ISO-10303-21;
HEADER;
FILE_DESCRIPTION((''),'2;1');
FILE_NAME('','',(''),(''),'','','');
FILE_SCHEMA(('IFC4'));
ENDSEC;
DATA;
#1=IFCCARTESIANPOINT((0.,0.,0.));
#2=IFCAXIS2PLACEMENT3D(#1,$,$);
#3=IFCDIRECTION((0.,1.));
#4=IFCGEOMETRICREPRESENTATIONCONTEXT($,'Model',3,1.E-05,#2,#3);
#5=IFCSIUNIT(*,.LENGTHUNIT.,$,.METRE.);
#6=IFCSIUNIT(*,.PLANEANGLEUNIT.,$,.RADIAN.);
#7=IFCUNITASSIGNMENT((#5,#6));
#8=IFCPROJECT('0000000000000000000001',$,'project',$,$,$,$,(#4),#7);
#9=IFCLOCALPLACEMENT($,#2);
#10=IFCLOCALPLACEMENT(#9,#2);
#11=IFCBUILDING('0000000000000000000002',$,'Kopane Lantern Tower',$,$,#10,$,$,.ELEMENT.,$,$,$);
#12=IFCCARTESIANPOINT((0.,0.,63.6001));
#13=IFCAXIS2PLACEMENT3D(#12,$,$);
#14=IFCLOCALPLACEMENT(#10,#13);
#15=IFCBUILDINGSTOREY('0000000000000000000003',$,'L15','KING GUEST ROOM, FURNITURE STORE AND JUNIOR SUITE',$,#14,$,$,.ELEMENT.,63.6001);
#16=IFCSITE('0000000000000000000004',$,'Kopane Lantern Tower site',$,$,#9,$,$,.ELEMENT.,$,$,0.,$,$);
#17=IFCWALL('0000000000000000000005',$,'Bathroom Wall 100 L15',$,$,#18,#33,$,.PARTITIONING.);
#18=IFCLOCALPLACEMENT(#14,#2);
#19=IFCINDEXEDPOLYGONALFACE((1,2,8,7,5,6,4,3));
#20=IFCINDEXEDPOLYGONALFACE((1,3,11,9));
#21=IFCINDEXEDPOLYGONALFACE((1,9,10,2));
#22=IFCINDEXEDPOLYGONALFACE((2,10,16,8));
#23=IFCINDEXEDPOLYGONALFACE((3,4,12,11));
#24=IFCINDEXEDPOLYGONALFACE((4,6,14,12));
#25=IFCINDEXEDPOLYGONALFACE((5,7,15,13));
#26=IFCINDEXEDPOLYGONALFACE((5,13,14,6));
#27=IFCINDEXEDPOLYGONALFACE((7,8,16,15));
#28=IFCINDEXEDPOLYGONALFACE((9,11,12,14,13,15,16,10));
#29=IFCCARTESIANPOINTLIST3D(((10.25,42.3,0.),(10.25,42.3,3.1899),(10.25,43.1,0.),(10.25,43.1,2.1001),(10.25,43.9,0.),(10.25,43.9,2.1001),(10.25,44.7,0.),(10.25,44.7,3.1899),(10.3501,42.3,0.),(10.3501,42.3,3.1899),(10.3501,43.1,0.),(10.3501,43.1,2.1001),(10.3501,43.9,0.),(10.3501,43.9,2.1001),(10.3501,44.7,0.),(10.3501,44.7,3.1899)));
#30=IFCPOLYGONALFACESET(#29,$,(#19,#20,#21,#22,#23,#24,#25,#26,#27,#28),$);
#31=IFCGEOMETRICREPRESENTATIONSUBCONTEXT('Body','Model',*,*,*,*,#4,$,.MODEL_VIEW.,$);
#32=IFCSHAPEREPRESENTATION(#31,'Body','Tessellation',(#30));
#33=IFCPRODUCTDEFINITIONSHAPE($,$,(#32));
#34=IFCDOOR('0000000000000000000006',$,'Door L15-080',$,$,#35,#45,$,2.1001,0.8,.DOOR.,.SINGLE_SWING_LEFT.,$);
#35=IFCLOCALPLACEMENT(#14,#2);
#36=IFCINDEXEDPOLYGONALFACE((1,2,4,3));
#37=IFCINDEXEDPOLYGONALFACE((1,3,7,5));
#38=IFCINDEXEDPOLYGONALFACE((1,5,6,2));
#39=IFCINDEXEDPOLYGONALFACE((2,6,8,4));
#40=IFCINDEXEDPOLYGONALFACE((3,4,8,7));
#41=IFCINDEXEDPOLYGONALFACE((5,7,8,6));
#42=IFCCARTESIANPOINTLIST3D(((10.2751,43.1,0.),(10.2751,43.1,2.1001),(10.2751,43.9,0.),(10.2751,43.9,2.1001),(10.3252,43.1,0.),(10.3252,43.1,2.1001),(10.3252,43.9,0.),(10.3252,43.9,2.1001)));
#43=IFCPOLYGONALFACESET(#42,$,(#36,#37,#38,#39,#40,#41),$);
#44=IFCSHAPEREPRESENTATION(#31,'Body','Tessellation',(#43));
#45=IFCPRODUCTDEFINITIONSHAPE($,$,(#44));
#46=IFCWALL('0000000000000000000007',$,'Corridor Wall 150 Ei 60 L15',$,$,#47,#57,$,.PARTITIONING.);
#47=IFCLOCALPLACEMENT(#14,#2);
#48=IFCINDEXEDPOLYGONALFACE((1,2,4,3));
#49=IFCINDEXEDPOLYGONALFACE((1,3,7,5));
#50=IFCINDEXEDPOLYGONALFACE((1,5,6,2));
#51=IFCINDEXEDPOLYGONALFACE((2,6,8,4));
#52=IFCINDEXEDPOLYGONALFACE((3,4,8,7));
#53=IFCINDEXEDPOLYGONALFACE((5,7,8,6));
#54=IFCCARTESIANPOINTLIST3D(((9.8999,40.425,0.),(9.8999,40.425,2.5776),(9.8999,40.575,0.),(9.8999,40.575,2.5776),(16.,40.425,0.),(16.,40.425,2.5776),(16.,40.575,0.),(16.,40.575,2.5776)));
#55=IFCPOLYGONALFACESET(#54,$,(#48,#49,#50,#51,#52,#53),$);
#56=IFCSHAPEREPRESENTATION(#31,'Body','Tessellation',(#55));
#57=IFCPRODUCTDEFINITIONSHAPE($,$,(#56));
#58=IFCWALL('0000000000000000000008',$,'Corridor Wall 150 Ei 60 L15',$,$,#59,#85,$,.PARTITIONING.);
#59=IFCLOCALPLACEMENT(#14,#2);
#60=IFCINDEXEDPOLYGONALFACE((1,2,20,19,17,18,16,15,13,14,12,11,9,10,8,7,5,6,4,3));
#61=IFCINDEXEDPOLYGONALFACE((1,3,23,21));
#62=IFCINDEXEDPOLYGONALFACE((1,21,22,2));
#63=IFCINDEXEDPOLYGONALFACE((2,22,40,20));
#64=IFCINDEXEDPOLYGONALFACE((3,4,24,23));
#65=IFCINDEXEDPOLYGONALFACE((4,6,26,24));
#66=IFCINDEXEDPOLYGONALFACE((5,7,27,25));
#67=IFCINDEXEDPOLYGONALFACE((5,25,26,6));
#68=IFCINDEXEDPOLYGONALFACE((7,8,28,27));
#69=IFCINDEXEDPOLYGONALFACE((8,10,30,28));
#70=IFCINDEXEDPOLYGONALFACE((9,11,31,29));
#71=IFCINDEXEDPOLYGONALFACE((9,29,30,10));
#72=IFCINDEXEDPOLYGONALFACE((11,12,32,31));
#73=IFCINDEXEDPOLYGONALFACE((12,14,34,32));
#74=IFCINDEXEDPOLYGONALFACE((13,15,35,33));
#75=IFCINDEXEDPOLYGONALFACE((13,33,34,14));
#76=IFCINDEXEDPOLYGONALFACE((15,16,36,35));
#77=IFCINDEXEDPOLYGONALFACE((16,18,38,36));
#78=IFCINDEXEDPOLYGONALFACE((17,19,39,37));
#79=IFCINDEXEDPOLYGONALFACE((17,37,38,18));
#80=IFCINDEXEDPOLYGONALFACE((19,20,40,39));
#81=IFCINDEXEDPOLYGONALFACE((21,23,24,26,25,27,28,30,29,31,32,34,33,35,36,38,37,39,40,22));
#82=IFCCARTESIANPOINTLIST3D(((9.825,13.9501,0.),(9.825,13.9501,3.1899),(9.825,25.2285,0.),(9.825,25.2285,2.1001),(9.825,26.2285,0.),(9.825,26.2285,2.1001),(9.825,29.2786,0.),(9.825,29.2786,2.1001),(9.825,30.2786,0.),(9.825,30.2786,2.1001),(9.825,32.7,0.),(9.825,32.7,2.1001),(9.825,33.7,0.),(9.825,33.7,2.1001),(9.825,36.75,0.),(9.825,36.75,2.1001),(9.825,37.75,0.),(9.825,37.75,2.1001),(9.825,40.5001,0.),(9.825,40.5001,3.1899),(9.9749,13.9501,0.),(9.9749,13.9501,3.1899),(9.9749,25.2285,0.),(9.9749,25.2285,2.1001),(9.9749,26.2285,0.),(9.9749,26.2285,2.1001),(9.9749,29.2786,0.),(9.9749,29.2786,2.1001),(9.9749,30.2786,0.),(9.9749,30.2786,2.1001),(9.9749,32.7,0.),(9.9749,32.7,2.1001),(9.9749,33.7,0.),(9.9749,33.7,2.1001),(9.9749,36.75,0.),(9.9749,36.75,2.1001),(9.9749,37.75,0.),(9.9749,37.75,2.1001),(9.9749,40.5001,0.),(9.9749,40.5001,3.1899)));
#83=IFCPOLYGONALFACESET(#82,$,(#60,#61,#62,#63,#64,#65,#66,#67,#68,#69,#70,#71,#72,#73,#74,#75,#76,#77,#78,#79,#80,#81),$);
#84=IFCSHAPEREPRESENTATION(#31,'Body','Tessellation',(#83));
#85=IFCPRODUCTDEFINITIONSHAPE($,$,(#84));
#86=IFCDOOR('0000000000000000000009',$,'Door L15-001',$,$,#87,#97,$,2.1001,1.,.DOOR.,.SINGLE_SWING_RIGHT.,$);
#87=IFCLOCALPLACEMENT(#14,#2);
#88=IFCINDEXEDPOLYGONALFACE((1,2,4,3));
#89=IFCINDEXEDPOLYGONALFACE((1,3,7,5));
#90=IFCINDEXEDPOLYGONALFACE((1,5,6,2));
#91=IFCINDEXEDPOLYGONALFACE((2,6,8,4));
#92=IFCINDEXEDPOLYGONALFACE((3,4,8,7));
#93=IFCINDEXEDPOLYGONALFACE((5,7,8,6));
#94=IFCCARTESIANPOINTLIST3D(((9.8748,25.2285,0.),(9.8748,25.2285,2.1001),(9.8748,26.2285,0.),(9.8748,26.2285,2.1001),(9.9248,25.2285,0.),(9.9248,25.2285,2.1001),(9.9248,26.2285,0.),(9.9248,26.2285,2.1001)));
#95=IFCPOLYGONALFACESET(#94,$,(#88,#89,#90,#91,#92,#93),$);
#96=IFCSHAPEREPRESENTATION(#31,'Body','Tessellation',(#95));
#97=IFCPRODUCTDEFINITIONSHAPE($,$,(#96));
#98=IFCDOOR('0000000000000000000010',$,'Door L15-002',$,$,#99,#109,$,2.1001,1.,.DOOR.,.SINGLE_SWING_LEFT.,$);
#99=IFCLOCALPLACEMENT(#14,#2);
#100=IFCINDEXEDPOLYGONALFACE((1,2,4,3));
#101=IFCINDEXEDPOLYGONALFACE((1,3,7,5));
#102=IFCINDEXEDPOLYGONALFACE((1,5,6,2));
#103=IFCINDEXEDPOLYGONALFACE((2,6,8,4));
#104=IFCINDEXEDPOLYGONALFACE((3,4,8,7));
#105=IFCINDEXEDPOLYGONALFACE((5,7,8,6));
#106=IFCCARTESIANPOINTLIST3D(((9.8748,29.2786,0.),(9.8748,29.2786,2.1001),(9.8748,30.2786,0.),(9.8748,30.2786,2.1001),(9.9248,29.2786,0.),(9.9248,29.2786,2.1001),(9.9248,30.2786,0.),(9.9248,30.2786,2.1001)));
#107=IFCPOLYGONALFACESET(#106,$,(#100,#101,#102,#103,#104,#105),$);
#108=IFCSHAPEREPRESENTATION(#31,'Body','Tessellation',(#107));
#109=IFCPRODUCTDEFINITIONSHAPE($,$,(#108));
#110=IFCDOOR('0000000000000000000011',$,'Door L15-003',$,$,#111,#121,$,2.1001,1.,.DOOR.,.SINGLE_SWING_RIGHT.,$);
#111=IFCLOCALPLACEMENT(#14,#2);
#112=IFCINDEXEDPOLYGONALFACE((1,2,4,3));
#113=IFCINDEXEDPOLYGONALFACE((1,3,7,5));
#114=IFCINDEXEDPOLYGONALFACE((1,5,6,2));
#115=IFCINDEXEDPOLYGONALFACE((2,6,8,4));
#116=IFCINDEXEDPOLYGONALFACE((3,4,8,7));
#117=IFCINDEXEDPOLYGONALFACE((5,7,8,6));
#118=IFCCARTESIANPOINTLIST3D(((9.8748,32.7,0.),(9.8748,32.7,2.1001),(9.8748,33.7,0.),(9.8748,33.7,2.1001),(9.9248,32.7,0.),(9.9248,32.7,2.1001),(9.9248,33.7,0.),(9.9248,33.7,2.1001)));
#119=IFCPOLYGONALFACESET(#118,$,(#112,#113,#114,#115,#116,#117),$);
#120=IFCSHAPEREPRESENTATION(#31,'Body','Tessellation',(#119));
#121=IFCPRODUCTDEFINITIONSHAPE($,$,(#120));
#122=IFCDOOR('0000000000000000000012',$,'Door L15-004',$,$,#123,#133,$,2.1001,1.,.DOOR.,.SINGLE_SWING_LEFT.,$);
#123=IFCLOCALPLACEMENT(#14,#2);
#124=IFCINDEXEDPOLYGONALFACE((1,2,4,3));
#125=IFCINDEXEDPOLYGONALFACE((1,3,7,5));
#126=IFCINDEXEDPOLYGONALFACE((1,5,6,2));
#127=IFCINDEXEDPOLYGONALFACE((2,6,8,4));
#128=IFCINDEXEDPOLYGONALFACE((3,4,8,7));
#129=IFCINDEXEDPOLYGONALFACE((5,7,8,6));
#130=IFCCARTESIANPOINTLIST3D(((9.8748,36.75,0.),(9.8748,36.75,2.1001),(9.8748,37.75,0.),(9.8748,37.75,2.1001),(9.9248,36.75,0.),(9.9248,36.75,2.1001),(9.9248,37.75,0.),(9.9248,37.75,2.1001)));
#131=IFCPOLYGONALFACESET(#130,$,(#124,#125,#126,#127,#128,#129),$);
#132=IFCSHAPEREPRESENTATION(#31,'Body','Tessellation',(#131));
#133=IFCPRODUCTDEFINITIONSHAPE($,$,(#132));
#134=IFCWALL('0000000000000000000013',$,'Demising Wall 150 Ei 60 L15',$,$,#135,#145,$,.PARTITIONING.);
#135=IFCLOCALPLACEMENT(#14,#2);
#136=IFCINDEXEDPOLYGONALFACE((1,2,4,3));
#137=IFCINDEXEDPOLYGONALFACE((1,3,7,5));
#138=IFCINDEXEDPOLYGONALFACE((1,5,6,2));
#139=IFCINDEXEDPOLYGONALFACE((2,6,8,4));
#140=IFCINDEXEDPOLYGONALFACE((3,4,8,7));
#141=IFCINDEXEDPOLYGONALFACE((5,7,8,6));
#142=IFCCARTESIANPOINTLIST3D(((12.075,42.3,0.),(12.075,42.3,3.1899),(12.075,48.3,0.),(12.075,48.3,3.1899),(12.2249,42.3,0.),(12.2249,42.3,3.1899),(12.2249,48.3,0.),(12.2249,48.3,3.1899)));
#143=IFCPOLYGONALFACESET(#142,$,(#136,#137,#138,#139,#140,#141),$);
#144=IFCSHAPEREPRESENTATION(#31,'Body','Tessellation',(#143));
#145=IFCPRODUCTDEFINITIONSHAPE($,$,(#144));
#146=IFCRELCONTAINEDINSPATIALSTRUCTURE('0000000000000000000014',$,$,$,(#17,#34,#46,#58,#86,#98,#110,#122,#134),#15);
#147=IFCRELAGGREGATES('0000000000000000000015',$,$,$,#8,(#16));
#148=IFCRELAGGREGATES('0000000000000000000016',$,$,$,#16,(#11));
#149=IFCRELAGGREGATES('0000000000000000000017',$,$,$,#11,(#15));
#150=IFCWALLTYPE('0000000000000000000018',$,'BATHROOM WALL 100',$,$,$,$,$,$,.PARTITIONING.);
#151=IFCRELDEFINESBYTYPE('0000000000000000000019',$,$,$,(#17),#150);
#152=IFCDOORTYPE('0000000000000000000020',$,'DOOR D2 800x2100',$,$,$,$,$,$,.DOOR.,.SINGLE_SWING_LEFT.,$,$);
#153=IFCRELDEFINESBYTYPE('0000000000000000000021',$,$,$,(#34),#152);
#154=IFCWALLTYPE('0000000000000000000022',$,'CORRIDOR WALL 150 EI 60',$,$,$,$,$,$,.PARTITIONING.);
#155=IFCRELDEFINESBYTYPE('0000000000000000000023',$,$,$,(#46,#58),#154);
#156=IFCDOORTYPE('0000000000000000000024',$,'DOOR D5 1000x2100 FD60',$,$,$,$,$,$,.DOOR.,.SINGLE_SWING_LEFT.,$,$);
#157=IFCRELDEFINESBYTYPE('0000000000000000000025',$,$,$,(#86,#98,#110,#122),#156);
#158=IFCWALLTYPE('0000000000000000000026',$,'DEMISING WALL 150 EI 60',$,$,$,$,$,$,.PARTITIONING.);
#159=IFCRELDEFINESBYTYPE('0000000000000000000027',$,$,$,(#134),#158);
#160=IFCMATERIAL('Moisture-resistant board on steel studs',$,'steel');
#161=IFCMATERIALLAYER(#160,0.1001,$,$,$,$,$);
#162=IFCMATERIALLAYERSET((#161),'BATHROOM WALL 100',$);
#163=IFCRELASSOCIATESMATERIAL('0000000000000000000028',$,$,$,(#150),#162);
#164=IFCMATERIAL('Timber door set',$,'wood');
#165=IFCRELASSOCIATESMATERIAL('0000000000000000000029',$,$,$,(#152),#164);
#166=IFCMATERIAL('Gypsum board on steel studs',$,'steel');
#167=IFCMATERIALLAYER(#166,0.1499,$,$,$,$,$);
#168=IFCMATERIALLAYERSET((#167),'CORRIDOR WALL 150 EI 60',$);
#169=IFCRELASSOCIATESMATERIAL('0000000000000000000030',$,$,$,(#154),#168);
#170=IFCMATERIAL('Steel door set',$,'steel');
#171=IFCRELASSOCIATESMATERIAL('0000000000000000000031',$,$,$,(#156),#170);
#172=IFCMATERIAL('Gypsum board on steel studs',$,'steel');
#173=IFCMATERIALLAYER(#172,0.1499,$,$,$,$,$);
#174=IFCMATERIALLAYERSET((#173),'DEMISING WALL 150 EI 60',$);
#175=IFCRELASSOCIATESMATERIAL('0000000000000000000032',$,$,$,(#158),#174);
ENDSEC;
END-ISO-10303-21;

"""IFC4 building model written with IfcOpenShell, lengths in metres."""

from ifc_helpers import new_model, si_unit, direction, frame, frame_2d, origin, place, context, subcontext, project, spatial, rectangle, extrude, material, layer, layer_set, type_object, element, fill, save


model = new_model("IFC4")

# Units and contexts
model_context = context("Model", 3, precision=1e-05, world=origin(), true_north=direction((0.0, 1.0)))
body_context = subcontext(model_context, "Body", "Model", "MODEL_VIEW")
ifc_project = project(units=[si_unit("LENGTHUNIT", "METRE"), si_unit("PLANEANGLEUNIT", "RADIAN")], contexts=[model_context])

# Site, building, storey
site_placement = place(None, origin())
site = spatial("IfcSite", under=ifc_project, at=site_placement, Name="Kopane Lantern Tower site", CompositionType="ELEMENT", RefElevation=0.0)
building_placement = place(site_placement, origin())
building = spatial("IfcBuilding", under=site, at=building_placement, Name="Kopane Lantern Tower", CompositionType="ELEMENT")
storey_placement = place(building_placement, frame((0.0, 0.0, 63.6001)))
storey = spatial("IfcBuildingStorey", under=building, at=storey_placement, Name="L15", Description="KING GUEST ROOM, FURNITURE STORE AND JUNIOR SUITE", CompositionType="ELEMENT", Elevation=63.6001)

# Shared definitions
ifc_material_1 = material(Name="Moisture-resistant board on steel studs", Category="steel")
ifc_layer_1 = layer(ifc_material_1, 0.1001)
ifc_layer_set_1 = layer_set([ifc_layer_1], Name="BATHROOM WALL 100")
wall_type_1 = type_object("IfcWallType", Name="BATHROOM WALL 100", PredefinedType="PARTITIONING", material=ifc_layer_set_1)
ifc_material_2 = material(Name="Timber door set", Category="wood")
door_type_1 = type_object("IfcDoorType", Name="DOOR D2 800x2100", OperationType="SINGLE_SWING_LEFT", PredefinedType="DOOR", material=ifc_material_2)

# Wall, opening, door
wall_1_placement = place(storey_placement, frame((10.3, 42.3, 0.0), z_axis=(0.0, 0.0, 1.0), x_axis=(0.0, 1.0, 0.0)))
wall_1 = element("IfcWall", 1, at=wall_1_placement, inside=storey, type_object=wall_type_1, Name="Bathroom Wall 100 L15", PredefinedType="PARTITIONING", context=body_context, shape_type="SweptSolid", body=[
    extrude(rectangle(XDim=2.3999, YDim=0.1001, at=frame_2d((1.2, 0.0))), origin(), (0.0, 0.0, 1.0), 3.1899),
])
opening_1_placement = place(wall_1_placement, frame((0.8, 0.0, 0.0)))
opening_1 = element("IfcOpeningElement", 2, at=opening_1_placement, cuts=wall_1, PredefinedType="OPENING", context=body_context, shape_type="SweptSolid", body=[
    extrude(rectangle(XDim=0.8, YDim=2.1001, at=frame_2d((0.3999, 1.05))), frame((0.0, 0.0601, 0.0), z_axis=(0.0, -1.0, 0.0), x_axis=(1.0, 0.0, 0.0)), (0.0, 0.0, 1.0), 0.1201),
])
door_1_placement = place(opening_1_placement, origin())
door_1 = element("IfcDoor", 3, at=door_1_placement, inside=storey, type_object=door_type_1, Name="Door L15-080", OperationType="SINGLE_SWING_LEFT", OverallHeight=2.1001, OverallWidth=0.8, PredefinedType="DOOR", context=body_context, shape_type="SweptSolid", body=[
    extrude(rectangle(XDim=0.8, YDim=2.1001, at=frame_2d((0.3999, 1.05))), frame((0.0, 0.0249, 0.0), z_axis=(0.0, -1.0, 0.0), x_axis=(1.0, 0.0, 0.0)), (0.0, 0.0, 1.0), 0.05),
])
fill(opening_1, door_1)

# Wall
ifc_material_3 = material(Name="Gypsum board on steel studs", Category="steel")
ifc_layer_2 = layer(ifc_material_3, 0.1499)
ifc_layer_set_2 = layer_set([ifc_layer_2], Name="CORRIDOR WALL 150 EI 60")
wall_type_2 = type_object("IfcWallType", Name="CORRIDOR WALL 150 EI 60", PredefinedType="PARTITIONING", material=ifc_layer_set_2)
wall_2_placement = place(storey_placement, frame((16.0, 40.5, 0.0), z_axis=(0.0, 0.0, 1.0), x_axis=(-1.0, 0.0, 0.0)))
element("IfcWall", 4, at=wall_2_placement, inside=storey, type_object=wall_type_2, Name="Corridor Wall 150 Ei 60 L15", PredefinedType="PARTITIONING", context=body_context, shape_type="SweptSolid", body=[
    extrude(rectangle(XDim=6.1001, YDim=0.1499, at=frame_2d((3.05, 0.0))), origin(), (0.0, 0.0, 1.0), 2.5776),
])

# Wall, openings, doors
wall_3_placement = place(storey_placement, frame((9.8999, 40.5, 0.0), z_axis=(0.0, 0.0, 1.0), x_axis=(0.0, -1.0, 0.0)))
wall_3 = element("IfcWall", 5, at=wall_3_placement, inside=storey, type_object=wall_type_2, Name="Corridor Wall 150 Ei 60 L15", PredefinedType="PARTITIONING", context=body_context, shape_type="SweptSolid", body=[
    extrude(rectangle(XDim=26.55, YDim=0.1499, at=frame_2d((13.2749, 0.0))), origin(), (0.0, 0.0, 1.0), 3.1899),
])
opening_2_placement = place(wall_3_placement, frame((14.2715, 0.0, 0.0)))
opening_2 = element("IfcOpeningElement", 6, at=opening_2_placement, cuts=wall_3, PredefinedType="OPENING", context=body_context, shape_type="SweptSolid", body=[
    extrude(rectangle(XDim=1.0, YDim=2.1001, at=frame_2d((0.5, 1.05))), frame((0.0, 0.085, 0.0), z_axis=(0.0, -1.0, 0.0), x_axis=(1.0, 0.0, 0.0)), (0.0, 0.0, 1.0), 0.1699),
])
opening_3_placement = place(wall_3_placement, frame((10.2214, 0.0, 0.0)))
opening_3 = element("IfcOpeningElement", 7, at=opening_3_placement, cuts=wall_3, PredefinedType="OPENING", context=body_context, shape_type="SweptSolid", body=[
    extrude(rectangle(XDim=1.0, YDim=2.1001, at=frame_2d((0.5, 1.05))), frame((0.0, 0.085, 0.0), z_axis=(0.0, -1.0, 0.0), x_axis=(1.0, 0.0, 0.0)), (0.0, 0.0, 1.0), 0.1699),
])
opening_4_placement = place(wall_3_placement, frame((6.8, 0.0, 0.0)))
opening_4 = element("IfcOpeningElement", 8, at=opening_4_placement, cuts=wall_3, PredefinedType="OPENING", context=body_context, shape_type="SweptSolid", body=[
    extrude(rectangle(XDim=1.0, YDim=2.1001, at=frame_2d((0.5, 1.05))), frame((0.0, 0.085, 0.0), z_axis=(0.0, -1.0, 0.0), x_axis=(1.0, 0.0, 0.0)), (0.0, 0.0, 1.0), 0.1699),
])
opening_5_placement = place(wall_3_placement, frame((2.75, 0.0, 0.0)))
opening_5 = element("IfcOpeningElement", 9, at=opening_5_placement, cuts=wall_3, PredefinedType="OPENING", context=body_context, shape_type="SweptSolid", body=[
    extrude(rectangle(XDim=1.0, YDim=2.1001, at=frame_2d((0.5, 1.05))), frame((0.0, 0.085, 0.0), z_axis=(0.0, -1.0, 0.0), x_axis=(1.0, 0.0, 0.0)), (0.0, 0.0, 1.0), 0.1699),
])
ifc_material_4 = material(Name="Steel door set", Category="steel")
door_type_2 = type_object("IfcDoorType", Name="DOOR D5 1000x2100 FD60", OperationType="SINGLE_SWING_LEFT", PredefinedType="DOOR", material=ifc_material_4)
door_2_placement = place(opening_2_placement, origin())
door_2 = element("IfcDoor", 10, at=door_2_placement, inside=storey, type_object=door_type_2, Name="Door L15-001", OperationType="SINGLE_SWING_RIGHT", OverallHeight=2.1001, OverallWidth=1.0, PredefinedType="DOOR", context=body_context, shape_type="SweptSolid", body=[
    extrude(rectangle(XDim=1.0, YDim=2.1001, at=frame_2d((0.5, 1.05))), frame((0.0, 0.0249, 0.0), z_axis=(0.0, -1.0, 0.0), x_axis=(1.0, 0.0, 0.0)), (0.0, 0.0, 1.0), 0.05),
])
fill(opening_2, door_2)
door_3_placement = place(opening_3_placement, origin())
door_3 = element("IfcDoor", 11, at=door_3_placement, inside=storey, type_object=door_type_2, Name="Door L15-002", OperationType="SINGLE_SWING_LEFT", OverallHeight=2.1001, OverallWidth=1.0, PredefinedType="DOOR", context=body_context, shape_type="SweptSolid", body=[
    extrude(rectangle(XDim=1.0, YDim=2.1001, at=frame_2d((0.5, 1.05))), frame((0.0, 0.0249, 0.0), z_axis=(0.0, -1.0, 0.0), x_axis=(1.0, 0.0, 0.0)), (0.0, 0.0, 1.0), 0.05),
])
fill(opening_3, door_3)
door_4_placement = place(opening_4_placement, origin())
door_4 = element("IfcDoor", 12, at=door_4_placement, inside=storey, type_object=door_type_2, Name="Door L15-003", OperationType="SINGLE_SWING_RIGHT", OverallHeight=2.1001, OverallWidth=1.0, PredefinedType="DOOR", context=body_context, shape_type="SweptSolid", body=[
    extrude(rectangle(XDim=1.0, YDim=2.1001, at=frame_2d((0.5, 1.05))), frame((0.0, 0.0249, 0.0), z_axis=(0.0, -1.0, 0.0), x_axis=(1.0, 0.0, 0.0)), (0.0, 0.0, 1.0), 0.05),
])
fill(opening_4, door_4)
door_5_placement = place(opening_5_placement, origin())
door_5 = element("IfcDoor", 13, at=door_5_placement, inside=storey, type_object=door_type_2, Name="Door L15-004", OperationType="SINGLE_SWING_LEFT", OverallHeight=2.1001, OverallWidth=1.0, PredefinedType="DOOR", context=body_context, shape_type="SweptSolid", body=[
    extrude(rectangle(XDim=1.0, YDim=2.1001, at=frame_2d((0.5, 1.05))), frame((0.0, 0.0249, 0.0), z_axis=(0.0, -1.0, 0.0), x_axis=(1.0, 0.0, 0.0)), (0.0, 0.0, 1.0), 0.05),
])
fill(opening_5, door_5)

# Wall
ifc_material_5 = material(Name="Gypsum board on steel studs", Category="steel")
ifc_layer_3 = layer(ifc_material_5, 0.1499)
ifc_layer_set_3 = layer_set([ifc_layer_3], Name="DEMISING WALL 150 EI 60")
wall_type_3 = type_object("IfcWallType", Name="DEMISING WALL 150 EI 60", PredefinedType="PARTITIONING", material=ifc_layer_set_3)
wall_4_placement = place(storey_placement, frame((12.1499, 42.3, 0.0), z_axis=(0.0, 0.0, 1.0), x_axis=(0.0, 1.0, 0.0)))
element("IfcWall", 14, at=wall_4_placement, inside=storey, type_object=wall_type_3, Name="Demising Wall 150 Ei 60 L15", PredefinedType="PARTITIONING", context=body_context, shape_type="SweptSolid", body=[
    extrude(rectangle(XDim=6.0, YDim=0.1499, at=frame_2d((3.0, 0.0))), origin(), (0.0, 0.0, 1.0), 3.1899),
])

save(model, "model.ifc")
